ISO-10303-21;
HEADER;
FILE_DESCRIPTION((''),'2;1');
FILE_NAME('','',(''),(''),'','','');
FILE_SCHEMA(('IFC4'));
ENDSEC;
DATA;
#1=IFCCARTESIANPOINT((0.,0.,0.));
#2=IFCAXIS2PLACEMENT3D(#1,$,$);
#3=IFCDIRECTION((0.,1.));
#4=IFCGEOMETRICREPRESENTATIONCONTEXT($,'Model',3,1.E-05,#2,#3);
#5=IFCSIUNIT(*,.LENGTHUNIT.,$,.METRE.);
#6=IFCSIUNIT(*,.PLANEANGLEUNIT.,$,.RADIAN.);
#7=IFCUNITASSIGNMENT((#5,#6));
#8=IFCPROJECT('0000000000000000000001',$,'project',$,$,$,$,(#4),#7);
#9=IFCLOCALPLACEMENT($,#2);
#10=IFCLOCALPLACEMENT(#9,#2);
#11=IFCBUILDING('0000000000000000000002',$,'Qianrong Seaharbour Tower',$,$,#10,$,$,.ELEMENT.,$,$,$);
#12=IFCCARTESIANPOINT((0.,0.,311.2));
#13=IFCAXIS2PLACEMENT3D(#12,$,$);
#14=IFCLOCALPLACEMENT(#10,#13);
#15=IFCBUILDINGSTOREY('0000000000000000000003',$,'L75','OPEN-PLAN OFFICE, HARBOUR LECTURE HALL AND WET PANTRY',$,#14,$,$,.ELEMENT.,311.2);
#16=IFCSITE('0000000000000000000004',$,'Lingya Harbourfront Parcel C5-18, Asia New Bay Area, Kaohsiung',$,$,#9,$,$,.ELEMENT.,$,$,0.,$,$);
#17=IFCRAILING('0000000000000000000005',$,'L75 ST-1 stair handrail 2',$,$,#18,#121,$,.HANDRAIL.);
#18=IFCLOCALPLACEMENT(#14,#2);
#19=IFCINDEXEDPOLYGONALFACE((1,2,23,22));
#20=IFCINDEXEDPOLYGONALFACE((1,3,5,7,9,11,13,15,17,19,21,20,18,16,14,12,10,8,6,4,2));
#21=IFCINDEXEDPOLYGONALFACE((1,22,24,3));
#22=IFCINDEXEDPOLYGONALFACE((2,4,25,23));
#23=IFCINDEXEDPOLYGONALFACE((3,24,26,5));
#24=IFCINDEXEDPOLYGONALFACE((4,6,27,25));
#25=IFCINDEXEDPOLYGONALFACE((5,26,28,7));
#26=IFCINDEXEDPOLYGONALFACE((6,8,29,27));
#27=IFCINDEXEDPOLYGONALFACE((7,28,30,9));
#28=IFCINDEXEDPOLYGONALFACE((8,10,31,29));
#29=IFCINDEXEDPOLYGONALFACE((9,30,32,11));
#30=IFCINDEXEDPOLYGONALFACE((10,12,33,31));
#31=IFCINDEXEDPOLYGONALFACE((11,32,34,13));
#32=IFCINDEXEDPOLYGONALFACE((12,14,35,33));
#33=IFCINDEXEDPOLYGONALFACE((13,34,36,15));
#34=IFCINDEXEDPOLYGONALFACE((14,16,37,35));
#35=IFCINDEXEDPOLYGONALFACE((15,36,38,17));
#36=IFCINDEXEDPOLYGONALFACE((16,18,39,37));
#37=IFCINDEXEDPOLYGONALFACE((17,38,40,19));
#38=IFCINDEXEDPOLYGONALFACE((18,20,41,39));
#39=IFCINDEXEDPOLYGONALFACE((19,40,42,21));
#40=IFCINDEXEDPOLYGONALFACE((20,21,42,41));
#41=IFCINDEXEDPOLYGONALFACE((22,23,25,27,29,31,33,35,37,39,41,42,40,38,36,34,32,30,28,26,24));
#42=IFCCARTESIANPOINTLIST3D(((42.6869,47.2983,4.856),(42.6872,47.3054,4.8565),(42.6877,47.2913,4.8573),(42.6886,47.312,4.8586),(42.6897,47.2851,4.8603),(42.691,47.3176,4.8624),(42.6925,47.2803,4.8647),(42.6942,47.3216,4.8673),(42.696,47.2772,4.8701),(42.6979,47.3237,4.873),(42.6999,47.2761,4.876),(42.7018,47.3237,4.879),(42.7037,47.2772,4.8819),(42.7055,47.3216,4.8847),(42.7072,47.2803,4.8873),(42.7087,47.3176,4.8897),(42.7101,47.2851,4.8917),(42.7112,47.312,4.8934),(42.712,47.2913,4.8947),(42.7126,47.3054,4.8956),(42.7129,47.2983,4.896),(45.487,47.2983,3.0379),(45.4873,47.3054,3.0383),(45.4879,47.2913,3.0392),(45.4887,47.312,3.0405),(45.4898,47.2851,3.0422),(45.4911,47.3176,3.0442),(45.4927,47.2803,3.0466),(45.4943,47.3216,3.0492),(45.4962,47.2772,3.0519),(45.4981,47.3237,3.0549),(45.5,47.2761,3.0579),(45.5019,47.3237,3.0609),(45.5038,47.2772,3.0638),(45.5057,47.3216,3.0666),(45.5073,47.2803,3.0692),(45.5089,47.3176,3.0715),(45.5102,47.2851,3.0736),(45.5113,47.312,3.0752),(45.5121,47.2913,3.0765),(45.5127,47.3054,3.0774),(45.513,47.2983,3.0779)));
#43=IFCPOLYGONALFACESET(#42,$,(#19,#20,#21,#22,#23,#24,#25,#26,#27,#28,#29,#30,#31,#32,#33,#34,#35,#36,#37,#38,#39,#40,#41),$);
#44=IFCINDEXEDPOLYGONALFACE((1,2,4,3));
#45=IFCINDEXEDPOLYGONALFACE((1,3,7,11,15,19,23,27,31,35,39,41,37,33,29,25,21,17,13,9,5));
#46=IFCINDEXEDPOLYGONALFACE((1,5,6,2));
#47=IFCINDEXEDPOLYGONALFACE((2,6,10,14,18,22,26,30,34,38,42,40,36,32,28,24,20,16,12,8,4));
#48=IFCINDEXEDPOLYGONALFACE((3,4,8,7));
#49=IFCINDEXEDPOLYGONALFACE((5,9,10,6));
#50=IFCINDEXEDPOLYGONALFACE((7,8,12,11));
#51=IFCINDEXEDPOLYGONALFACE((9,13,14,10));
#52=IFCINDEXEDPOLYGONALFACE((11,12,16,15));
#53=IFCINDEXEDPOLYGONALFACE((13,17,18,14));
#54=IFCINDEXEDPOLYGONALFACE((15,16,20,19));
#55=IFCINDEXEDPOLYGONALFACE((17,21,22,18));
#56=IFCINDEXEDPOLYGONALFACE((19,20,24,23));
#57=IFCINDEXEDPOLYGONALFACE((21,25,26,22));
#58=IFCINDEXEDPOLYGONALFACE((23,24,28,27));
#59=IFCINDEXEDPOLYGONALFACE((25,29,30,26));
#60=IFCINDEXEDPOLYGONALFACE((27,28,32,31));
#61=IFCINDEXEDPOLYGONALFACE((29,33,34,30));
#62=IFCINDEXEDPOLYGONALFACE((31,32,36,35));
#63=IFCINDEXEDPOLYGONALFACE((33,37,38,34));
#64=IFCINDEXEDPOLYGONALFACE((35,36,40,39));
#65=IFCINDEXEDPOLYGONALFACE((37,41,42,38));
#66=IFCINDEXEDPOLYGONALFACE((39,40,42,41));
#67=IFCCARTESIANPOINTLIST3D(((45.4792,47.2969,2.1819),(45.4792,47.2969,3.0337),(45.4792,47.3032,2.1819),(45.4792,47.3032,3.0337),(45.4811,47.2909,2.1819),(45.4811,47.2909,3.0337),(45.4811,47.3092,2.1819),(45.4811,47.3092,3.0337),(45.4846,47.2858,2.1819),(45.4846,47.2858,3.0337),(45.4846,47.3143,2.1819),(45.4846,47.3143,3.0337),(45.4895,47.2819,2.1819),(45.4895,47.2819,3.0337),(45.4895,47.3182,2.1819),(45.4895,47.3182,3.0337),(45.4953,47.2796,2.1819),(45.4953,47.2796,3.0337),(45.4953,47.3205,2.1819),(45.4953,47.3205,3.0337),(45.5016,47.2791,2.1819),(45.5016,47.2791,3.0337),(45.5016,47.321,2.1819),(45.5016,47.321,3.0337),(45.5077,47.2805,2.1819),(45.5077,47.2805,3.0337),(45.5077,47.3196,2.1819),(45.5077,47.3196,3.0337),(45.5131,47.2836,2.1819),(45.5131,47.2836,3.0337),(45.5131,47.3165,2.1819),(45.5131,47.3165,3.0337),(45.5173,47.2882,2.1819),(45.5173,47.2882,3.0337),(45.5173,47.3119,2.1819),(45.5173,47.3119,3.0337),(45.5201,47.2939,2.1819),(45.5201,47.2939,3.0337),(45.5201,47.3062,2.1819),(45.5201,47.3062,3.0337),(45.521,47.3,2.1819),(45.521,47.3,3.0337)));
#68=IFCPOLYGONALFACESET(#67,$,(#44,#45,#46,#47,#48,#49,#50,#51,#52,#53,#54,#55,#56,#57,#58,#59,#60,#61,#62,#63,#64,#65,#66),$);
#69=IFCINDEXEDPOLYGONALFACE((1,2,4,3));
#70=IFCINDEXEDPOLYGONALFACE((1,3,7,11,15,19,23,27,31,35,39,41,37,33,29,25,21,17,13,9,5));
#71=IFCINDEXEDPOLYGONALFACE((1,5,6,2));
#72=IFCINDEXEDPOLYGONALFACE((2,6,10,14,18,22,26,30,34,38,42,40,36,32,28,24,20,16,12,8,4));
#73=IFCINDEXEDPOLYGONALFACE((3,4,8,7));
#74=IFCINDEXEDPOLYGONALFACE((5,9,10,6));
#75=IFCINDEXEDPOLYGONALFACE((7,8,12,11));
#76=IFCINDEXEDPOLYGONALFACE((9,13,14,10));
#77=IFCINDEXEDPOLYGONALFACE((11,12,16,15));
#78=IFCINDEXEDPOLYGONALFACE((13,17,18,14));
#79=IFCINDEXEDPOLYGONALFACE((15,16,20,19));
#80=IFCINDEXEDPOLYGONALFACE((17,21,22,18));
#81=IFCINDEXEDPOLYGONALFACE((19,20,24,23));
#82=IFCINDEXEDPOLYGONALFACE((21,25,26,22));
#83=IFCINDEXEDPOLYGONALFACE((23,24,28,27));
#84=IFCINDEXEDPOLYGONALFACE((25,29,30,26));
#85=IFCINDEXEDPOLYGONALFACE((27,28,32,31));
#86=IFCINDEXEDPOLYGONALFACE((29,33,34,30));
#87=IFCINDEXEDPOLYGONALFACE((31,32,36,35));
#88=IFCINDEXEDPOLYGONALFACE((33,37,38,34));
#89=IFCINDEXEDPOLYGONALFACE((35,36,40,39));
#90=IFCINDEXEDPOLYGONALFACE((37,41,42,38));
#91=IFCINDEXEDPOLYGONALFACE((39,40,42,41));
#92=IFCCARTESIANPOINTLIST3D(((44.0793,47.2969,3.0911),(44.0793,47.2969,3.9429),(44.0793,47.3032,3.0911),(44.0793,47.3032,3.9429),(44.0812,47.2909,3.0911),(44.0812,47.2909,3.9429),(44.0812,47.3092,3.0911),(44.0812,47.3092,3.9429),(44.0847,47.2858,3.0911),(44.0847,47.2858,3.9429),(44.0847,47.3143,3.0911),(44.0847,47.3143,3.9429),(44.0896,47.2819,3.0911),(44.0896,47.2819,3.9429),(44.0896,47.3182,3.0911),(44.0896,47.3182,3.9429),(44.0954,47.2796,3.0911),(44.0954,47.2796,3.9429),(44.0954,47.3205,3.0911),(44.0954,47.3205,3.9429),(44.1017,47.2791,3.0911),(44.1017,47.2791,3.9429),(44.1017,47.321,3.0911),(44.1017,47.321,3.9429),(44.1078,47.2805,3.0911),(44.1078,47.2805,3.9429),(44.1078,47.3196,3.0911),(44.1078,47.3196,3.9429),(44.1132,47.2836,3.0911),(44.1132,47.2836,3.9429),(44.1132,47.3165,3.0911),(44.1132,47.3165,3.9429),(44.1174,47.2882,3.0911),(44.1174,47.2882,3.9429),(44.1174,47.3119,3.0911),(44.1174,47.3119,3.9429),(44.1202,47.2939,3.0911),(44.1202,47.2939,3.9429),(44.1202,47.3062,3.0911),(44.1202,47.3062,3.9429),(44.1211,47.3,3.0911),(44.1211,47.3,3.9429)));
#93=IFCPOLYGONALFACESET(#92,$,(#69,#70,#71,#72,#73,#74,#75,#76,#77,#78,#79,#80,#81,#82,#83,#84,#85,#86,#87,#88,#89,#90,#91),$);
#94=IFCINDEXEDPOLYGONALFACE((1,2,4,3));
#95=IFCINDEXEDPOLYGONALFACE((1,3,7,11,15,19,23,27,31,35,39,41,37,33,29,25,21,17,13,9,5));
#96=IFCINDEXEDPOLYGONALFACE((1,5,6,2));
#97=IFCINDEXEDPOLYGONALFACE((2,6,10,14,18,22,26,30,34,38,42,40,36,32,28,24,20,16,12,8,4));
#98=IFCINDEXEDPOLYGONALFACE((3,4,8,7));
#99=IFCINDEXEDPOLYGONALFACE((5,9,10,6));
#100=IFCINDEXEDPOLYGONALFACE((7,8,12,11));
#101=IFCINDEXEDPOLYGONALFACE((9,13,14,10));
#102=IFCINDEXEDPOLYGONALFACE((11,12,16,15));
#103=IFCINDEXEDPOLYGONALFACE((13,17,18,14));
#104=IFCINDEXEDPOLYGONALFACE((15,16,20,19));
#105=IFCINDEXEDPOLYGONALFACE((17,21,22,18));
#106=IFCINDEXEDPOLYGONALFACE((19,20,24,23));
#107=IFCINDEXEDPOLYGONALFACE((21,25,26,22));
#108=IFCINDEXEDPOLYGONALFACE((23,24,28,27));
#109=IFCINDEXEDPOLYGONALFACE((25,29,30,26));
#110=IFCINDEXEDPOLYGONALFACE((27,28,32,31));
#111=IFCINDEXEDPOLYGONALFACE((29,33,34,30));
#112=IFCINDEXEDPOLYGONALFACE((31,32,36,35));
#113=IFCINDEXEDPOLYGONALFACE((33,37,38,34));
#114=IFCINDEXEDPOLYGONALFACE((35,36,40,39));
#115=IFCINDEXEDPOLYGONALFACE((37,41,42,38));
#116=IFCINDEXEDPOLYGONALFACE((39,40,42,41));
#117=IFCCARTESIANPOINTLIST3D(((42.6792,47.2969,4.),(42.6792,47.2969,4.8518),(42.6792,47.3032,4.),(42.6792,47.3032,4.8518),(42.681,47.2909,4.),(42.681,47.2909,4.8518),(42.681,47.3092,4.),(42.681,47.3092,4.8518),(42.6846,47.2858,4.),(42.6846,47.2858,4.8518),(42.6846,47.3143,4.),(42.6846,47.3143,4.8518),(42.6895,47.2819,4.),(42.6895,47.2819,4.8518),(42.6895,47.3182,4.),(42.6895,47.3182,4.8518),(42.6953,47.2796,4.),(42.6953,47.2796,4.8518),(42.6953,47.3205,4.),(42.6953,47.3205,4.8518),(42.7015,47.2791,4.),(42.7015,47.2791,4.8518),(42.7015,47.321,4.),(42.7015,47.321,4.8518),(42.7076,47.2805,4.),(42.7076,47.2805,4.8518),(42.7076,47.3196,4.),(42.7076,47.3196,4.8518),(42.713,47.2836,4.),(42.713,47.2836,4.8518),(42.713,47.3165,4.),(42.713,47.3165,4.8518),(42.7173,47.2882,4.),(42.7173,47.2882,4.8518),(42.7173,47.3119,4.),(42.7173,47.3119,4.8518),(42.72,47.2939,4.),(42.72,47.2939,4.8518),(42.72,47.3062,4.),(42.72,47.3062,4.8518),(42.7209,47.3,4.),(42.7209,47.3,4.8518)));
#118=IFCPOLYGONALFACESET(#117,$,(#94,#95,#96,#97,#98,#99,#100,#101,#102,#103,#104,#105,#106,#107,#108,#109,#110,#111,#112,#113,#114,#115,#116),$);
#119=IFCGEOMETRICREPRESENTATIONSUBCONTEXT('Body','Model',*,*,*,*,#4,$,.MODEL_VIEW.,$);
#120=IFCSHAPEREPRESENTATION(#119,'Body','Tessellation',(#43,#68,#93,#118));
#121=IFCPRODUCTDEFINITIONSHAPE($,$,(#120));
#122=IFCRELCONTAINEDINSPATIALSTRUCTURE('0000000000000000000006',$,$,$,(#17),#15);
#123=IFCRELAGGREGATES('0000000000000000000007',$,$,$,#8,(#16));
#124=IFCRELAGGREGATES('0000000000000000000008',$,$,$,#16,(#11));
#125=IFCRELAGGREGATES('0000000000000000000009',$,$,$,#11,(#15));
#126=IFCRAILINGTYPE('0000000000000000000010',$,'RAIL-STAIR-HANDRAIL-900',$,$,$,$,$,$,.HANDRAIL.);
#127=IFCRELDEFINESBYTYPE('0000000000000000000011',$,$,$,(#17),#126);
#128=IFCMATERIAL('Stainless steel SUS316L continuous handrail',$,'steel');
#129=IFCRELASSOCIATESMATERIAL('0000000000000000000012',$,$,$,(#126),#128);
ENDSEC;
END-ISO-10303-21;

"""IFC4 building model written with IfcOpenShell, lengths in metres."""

from ifc_helpers import new_model, si_unit, direction, frame, origin, origin_2d, place, context, subcontext, project, spatial, circle, extrude, material, type_object, element, save


model = new_model("IFC4")

# Units and contexts
model_context = context("Model", 3, precision=1e-05, world=origin(), true_north=direction((0.0, 1.0)))
body_context = subcontext(model_context, "Body", "Model", "MODEL_VIEW")
ifc_project = project(units=[si_unit("LENGTHUNIT", "METRE"), si_unit("PLANEANGLEUNIT", "RADIAN")], contexts=[model_context])

# Site, building, storey
site_placement = place(None, origin())
site = spatial("IfcSite", under=ifc_project, at=site_placement, Name="Lingya Harbourfront Parcel C5-18, Asia New Bay Area, Kaohsiung", CompositionType="ELEMENT", RefElevation=0.0)
building_placement = place(site_placement, origin())
building = spatial("IfcBuilding", under=site, at=building_placement, Name="Qianrong Seaharbour Tower", CompositionType="ELEMENT")
storey_placement = place(building_placement, frame((0.0, 0.0, 311.2)))
storey = spatial("IfcBuildingStorey", under=building, at=storey_placement, Name="L75", Description="OPEN-PLAN OFFICE, HARBOUR LECTURE HALL AND WET PANTRY", CompositionType="ELEMENT", Elevation=311.2)

# Railing
ifc_material_1 = material(Name="Stainless steel SUS316L continuous handrail", Category="steel")
railing_type_1 = type_object("IfcRailingType", Name="RAIL-STAIR-HANDRAIL-900", PredefinedType="HANDRAIL", material=ifc_material_1)
railing_1_placement = place(storey_placement, frame((45.5, 47.3, 2.1819)))
element("IfcRailing", 1, at=railing_1_placement, inside=storey, type_object=railing_type_1, Name="L75 ST-1 stair handrail 2", PredefinedType="HANDRAIL", context=body_context, shape_type="SweptSolid", body=[
    extrude(circle(Radius=0.0239, at=origin_2d()), frame((0.0, 0.0, 0.876), z_axis=(-0.838706, 0.0, 0.544585), x_axis=(0.0, -1.0, 0.0)), (0.0, 0.0, 1.0), 3.3386),
    extrude(circle(Radius=0.021, at=origin_2d()), origin(), (0.0, 0.0, 1.0), 0.8518),
    extrude(circle(Radius=0.021, at=origin_2d()), frame((-1.3999, 0.0, 0.9092)), (0.0, 0.0, 1.0), 0.8518),
    extrude(circle(Radius=0.021, at=origin_2d()), frame((-2.8, 0.0, 1.8181)), (0.0, 0.0, 1.0), 0.8518),
])

save(model, "model.ifc")
